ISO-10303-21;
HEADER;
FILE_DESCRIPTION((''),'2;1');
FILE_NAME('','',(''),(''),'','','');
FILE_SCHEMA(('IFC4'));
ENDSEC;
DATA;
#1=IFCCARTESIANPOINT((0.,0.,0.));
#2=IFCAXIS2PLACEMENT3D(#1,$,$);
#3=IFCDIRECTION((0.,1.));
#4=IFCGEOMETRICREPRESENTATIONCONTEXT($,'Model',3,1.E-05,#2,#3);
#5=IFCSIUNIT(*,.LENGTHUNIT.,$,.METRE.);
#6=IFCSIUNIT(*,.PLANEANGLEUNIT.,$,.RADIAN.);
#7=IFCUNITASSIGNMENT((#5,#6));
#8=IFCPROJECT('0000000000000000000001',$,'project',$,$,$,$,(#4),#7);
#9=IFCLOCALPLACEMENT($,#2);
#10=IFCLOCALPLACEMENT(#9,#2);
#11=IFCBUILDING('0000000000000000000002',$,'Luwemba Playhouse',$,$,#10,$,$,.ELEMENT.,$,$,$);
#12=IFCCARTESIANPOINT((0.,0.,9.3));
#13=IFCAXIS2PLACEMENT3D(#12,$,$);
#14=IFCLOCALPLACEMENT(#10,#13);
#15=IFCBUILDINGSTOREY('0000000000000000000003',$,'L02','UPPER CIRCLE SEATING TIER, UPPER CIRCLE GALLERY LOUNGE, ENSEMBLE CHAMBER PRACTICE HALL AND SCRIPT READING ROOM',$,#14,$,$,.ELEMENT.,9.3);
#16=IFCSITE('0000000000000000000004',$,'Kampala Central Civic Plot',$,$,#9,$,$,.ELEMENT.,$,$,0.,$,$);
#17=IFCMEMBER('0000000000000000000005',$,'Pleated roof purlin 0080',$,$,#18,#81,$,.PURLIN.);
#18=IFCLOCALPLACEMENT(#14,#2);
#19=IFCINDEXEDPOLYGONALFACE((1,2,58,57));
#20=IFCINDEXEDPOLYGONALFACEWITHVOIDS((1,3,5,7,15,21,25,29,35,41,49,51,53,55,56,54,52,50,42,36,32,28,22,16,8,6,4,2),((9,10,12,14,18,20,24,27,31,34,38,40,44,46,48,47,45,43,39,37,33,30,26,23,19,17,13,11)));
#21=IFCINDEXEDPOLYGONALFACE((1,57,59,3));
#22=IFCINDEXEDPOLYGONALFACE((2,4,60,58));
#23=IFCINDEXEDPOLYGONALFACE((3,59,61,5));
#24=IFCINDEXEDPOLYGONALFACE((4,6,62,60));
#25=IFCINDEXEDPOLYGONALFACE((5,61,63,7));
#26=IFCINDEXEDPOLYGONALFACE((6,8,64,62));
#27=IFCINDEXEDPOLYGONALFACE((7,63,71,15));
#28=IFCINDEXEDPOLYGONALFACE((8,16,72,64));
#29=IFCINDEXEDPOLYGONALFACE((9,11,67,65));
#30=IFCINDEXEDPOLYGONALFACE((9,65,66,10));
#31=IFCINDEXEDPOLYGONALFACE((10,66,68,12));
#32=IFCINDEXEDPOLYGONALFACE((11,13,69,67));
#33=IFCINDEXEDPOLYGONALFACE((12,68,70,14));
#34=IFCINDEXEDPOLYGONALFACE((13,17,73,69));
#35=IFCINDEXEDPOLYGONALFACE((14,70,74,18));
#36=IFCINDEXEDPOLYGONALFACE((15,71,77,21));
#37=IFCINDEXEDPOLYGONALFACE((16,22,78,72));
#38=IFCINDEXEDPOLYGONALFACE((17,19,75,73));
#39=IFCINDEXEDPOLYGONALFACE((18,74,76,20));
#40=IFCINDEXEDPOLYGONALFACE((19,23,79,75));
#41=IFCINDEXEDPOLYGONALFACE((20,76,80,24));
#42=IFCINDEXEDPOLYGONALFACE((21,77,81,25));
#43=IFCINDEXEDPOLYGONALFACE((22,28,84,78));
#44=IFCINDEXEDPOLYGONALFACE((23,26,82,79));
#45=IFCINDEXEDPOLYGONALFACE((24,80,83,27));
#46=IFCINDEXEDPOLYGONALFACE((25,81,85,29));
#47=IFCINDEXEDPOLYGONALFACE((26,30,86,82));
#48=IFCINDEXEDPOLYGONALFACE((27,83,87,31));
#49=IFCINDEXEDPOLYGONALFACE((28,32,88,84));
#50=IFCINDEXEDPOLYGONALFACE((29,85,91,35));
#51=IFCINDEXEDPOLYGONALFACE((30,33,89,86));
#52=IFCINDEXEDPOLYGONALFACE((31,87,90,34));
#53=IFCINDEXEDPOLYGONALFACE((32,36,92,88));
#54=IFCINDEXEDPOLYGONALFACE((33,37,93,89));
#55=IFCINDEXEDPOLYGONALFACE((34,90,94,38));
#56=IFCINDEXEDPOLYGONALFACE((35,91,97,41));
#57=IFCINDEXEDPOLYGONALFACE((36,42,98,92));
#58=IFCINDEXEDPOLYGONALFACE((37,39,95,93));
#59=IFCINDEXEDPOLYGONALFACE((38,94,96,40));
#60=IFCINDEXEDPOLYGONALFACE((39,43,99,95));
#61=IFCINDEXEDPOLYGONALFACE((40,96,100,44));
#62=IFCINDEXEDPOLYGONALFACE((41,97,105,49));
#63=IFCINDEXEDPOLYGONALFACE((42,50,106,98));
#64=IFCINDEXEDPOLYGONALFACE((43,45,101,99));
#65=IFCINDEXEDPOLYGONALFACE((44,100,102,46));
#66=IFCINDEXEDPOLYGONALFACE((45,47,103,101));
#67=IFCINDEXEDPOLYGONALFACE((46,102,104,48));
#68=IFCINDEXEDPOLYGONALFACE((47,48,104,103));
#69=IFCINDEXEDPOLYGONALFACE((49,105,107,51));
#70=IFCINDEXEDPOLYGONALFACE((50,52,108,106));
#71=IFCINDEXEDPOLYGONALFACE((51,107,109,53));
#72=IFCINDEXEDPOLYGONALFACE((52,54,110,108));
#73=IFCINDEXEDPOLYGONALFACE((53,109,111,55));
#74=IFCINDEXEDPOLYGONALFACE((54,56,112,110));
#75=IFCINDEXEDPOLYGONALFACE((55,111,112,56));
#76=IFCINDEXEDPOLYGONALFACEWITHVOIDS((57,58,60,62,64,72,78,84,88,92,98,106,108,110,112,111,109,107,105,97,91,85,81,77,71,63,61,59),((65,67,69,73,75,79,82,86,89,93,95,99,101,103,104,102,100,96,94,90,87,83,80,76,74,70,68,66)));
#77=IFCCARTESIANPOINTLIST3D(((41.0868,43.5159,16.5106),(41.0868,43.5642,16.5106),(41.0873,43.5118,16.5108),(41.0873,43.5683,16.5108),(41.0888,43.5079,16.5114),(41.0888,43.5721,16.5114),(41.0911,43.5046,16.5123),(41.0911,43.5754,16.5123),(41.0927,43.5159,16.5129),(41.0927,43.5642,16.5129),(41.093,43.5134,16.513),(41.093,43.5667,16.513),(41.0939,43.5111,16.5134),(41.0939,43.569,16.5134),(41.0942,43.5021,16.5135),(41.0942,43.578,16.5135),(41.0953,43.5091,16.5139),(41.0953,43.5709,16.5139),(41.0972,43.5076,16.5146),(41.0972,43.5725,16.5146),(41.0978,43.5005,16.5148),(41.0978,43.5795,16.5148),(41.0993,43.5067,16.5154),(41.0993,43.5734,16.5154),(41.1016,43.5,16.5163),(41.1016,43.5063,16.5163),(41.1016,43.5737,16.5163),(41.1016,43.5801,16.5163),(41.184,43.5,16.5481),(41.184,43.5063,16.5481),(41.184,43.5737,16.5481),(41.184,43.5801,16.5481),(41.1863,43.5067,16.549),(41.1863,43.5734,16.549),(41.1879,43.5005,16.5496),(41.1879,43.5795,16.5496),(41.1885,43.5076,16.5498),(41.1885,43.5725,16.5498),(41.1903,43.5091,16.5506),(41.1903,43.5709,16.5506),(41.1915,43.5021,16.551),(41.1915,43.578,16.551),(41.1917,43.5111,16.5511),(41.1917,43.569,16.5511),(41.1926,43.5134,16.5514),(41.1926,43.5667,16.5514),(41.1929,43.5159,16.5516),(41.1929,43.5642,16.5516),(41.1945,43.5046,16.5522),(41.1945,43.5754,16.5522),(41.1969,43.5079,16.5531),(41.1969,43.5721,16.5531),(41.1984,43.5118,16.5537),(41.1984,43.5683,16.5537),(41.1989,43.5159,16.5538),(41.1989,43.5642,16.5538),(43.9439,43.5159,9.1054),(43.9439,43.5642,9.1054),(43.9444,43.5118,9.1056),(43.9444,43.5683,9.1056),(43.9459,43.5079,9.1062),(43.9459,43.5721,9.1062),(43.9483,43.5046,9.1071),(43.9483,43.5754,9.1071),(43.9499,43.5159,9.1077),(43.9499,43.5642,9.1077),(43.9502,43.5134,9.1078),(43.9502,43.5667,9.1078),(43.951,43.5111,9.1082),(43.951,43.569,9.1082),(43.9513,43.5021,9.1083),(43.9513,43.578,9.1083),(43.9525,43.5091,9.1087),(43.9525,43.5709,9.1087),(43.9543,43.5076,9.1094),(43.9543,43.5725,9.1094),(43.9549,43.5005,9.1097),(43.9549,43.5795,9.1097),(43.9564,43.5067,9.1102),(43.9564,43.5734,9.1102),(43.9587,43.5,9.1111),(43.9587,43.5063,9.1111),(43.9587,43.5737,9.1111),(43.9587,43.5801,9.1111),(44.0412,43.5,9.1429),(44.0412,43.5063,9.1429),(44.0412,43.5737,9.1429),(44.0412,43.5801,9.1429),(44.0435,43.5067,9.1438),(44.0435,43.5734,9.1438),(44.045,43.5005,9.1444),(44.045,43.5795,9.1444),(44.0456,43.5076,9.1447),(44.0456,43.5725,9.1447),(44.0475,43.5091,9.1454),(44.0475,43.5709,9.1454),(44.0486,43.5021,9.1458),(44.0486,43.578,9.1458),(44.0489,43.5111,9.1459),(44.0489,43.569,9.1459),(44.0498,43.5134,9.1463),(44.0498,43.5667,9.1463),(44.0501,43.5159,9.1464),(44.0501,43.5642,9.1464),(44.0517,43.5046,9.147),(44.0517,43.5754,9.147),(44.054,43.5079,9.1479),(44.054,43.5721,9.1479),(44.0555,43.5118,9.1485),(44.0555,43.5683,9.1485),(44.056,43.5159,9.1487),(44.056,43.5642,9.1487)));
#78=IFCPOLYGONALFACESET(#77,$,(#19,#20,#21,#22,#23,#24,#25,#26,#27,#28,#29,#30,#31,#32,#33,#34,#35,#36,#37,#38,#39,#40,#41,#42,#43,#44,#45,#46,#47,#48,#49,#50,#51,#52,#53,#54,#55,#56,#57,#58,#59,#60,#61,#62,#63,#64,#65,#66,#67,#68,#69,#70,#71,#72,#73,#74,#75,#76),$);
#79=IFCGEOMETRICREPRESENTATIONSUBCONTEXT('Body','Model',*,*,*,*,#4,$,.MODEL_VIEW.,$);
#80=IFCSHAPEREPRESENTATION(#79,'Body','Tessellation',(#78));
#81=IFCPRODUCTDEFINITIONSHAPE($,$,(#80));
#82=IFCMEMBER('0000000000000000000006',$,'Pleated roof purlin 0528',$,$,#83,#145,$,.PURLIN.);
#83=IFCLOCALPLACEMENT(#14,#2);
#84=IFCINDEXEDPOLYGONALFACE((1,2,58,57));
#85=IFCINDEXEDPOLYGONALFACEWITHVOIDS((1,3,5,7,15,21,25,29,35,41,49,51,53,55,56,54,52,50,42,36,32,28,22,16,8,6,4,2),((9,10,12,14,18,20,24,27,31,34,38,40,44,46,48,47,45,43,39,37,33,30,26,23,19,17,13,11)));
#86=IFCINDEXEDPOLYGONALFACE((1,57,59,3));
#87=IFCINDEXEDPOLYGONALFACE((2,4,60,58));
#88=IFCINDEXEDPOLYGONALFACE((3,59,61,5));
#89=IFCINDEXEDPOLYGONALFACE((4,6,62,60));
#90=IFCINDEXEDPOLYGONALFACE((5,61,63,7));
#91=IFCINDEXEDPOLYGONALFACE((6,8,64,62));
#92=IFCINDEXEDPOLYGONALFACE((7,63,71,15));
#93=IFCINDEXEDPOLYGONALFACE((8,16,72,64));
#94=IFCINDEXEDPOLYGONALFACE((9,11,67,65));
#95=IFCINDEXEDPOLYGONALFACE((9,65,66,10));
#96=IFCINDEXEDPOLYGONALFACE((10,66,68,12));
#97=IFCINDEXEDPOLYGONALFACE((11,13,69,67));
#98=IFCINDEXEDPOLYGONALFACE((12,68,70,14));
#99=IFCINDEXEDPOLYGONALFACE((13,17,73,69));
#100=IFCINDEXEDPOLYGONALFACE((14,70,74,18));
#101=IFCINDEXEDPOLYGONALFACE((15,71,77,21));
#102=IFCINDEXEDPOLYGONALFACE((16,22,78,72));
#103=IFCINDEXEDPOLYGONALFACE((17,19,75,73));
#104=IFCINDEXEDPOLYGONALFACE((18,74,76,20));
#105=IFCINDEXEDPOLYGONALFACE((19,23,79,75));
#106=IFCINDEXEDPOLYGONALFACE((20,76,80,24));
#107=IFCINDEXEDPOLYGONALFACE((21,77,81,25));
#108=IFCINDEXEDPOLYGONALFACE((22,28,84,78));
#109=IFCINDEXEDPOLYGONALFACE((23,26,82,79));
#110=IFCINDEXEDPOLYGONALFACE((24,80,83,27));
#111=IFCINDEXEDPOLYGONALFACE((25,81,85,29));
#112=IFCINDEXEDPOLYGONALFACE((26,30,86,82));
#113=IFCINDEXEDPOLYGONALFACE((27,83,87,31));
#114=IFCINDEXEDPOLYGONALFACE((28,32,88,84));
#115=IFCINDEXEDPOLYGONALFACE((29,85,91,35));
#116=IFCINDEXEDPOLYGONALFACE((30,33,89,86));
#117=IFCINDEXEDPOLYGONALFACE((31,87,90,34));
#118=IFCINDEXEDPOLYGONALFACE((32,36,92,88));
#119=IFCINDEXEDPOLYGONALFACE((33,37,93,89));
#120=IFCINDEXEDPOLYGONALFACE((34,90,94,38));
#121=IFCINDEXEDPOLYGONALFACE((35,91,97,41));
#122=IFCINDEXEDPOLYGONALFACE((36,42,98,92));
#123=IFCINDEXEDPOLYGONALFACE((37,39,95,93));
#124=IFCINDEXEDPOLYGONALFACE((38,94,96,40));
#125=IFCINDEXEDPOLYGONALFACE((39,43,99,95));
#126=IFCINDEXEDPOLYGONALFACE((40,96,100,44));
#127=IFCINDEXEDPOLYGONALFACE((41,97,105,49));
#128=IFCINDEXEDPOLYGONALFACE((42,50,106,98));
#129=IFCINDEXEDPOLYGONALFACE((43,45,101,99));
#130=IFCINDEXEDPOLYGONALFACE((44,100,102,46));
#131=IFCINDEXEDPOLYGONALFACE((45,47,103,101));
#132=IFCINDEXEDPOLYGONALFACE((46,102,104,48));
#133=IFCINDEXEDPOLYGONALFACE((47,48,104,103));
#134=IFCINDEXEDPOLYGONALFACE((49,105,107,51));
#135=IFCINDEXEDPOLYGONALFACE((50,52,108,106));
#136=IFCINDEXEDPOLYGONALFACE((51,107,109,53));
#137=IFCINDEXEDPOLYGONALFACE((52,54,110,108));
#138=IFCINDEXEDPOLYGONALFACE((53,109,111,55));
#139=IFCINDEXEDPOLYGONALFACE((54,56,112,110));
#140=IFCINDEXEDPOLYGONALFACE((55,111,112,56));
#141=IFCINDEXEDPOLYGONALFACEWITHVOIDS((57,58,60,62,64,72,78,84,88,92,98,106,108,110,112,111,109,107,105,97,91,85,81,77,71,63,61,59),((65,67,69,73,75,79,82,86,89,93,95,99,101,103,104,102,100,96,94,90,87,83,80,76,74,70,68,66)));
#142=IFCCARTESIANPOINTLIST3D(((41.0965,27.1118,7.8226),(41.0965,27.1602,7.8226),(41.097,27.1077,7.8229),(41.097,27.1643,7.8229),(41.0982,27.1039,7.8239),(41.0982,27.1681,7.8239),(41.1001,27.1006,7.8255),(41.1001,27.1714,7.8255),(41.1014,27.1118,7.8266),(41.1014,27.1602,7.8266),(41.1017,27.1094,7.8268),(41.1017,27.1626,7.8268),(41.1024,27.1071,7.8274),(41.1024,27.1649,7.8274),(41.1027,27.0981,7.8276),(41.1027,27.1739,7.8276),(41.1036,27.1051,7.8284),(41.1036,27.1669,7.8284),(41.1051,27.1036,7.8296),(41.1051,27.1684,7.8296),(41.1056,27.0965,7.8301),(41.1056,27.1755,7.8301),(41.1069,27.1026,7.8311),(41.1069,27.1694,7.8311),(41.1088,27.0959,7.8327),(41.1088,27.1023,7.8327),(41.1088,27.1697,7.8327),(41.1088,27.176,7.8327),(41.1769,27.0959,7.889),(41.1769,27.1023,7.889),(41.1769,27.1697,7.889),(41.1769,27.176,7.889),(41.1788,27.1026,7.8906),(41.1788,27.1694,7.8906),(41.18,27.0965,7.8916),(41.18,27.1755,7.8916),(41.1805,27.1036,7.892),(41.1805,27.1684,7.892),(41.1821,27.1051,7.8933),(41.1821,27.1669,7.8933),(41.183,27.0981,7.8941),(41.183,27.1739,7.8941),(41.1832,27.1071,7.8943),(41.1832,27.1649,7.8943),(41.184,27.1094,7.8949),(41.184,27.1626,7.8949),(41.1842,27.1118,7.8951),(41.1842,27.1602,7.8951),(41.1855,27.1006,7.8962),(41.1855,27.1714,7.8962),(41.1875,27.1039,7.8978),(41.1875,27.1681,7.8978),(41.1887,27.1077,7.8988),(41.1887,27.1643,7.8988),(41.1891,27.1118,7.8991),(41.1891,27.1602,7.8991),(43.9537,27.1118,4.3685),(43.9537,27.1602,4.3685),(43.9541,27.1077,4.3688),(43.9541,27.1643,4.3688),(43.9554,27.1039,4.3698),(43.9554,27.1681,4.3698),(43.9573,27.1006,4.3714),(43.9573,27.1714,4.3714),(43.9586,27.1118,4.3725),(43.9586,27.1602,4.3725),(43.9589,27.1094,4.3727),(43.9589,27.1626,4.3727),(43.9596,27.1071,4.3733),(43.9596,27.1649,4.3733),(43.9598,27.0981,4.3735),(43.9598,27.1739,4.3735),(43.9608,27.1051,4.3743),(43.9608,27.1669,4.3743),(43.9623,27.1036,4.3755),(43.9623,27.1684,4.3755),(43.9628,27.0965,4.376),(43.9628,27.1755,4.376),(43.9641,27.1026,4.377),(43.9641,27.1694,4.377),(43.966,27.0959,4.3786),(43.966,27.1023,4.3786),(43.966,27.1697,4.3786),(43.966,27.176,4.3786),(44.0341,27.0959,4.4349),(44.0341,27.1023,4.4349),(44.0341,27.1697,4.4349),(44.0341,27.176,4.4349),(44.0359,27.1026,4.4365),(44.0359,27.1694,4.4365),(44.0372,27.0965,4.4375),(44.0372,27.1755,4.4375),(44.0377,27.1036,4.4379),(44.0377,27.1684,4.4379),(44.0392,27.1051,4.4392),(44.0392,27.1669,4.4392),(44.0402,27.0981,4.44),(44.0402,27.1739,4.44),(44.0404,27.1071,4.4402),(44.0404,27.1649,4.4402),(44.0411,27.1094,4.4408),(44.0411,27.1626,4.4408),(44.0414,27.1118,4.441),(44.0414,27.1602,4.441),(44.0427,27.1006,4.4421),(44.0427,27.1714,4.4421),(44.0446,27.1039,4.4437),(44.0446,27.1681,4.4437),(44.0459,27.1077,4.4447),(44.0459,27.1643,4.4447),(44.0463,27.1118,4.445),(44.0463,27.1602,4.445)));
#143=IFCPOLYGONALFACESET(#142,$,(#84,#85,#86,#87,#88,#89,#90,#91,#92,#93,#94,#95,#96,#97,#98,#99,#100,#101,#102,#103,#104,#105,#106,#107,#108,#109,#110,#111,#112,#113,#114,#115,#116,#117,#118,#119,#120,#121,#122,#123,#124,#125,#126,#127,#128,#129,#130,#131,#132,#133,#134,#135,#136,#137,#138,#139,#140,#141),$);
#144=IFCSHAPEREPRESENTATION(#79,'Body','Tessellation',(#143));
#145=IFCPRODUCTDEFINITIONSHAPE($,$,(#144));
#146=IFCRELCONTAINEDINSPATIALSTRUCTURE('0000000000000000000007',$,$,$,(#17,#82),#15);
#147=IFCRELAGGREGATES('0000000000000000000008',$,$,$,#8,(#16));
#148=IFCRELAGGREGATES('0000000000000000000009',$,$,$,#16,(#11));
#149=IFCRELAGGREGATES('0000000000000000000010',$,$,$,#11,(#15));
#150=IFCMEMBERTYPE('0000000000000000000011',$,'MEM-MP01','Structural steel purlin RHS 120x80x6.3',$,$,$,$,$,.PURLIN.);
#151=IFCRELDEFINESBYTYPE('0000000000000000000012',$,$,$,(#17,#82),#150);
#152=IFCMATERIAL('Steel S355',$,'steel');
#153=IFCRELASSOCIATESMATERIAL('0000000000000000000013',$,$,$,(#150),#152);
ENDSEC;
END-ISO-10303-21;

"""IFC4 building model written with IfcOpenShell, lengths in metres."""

from ifc_helpers import new_model, si_unit, direction, frame, origin, origin_2d, place, context, subcontext, project, spatial, hollow_rectangle, extrude, material, material_profile, profile_set, type_object, element, save


model = new_model("IFC4")

# Units and contexts
model_context = context("Model", 3, precision=1e-05, world=origin(), true_north=direction((0.0, 1.0)))
body_context = subcontext(model_context, "Body", "Model", "MODEL_VIEW")
ifc_project = project(units=[si_unit("LENGTHUNIT", "METRE"), si_unit("PLANEANGLEUNIT", "RADIAN")], contexts=[model_context])

# Site, building, storey
site_placement = place(None, origin())
site = spatial("IfcSite", under=ifc_project, at=site_placement, Name="Kampala Central Civic Plot", CompositionType="ELEMENT", RefElevation=0.0)
building_placement = place(site_placement, origin())
building = spatial("IfcBuilding", under=site, at=building_placement, Name="Luwemba Playhouse", CompositionType="ELEMENT")
storey_placement = place(building_placement, frame((0.0, 0.0, 9.3)))
storey = spatial("IfcBuildingStorey", under=building, at=storey_placement, Name="L02", Description="UPPER CIRCLE SEATING TIER, UPPER CIRCLE GALLERY LOUNGE, ENSEMBLE CHAMBER PRACTICE HALL AND SCRIPT READING ROOM", CompositionType="ELEMENT", Elevation=9.3)

# Shared definitions
ifc_material_1 = material(Name="Steel S355", Category="steel")

# Members
ifc_material_profile_1 = material_profile(ifc_material_1, hollow_rectangle(XDim=0.0801, YDim=0.1201, WallThickness=0.0063, InnerFilletRadius=0.0095, OuterFilletRadius=0.0159, at=origin_2d()))
ifc_profile_set_1 = profile_set([ifc_material_profile_1], Name="Steel S355")
member_type_1 = type_object("IfcMemberType", Name="MEM-MP01", Description="Structural steel purlin RHS 120x80x6.3", PredefinedType="PURLIN", material=ifc_profile_set_1)
member_1_placement = place(storey_placement, frame((41.1428, 43.54, 16.5322), z_axis=(0.359966, 0.0, -0.932965), x_axis=(0.0, 1.0, 0.0)))
element("IfcMember", 1, at=member_1_placement, inside=storey, type_object=member_type_1, Name="Pleated roof purlin 0080", PredefinedType="PURLIN", context=body_context, shape_type="SweptSolid", body=[
    extrude(hollow_rectangle(XDim=0.0801, YDim=0.1201, WallThickness=0.0063, InnerFilletRadius=0.0095, OuterFilletRadius=0.0159, at=origin_2d()), origin(), (0.0, 0.0, 1.0), 7.9373),
])
member_2_placement = place(storey_placement, frame((41.1428, 27.136, 7.8608), z_axis=(0.637384, 0.0, -0.770547), x_axis=(0.0, 1.0, 0.0)))
element("IfcMember", 2, at=member_2_placement, inside=storey, type_object=member_type_1, Name="Pleated roof purlin 0528", PredefinedType="PURLIN", context=body_context, shape_type="SweptSolid", body=[
    extrude(hollow_rectangle(XDim=0.0801, YDim=0.1201, WallThickness=0.0063, InnerFilletRadius=0.0095, OuterFilletRadius=0.0159, at=origin_2d()), origin(), (0.0, 0.0, 1.0), 4.4827),
])

save(model, "model.ifc")
